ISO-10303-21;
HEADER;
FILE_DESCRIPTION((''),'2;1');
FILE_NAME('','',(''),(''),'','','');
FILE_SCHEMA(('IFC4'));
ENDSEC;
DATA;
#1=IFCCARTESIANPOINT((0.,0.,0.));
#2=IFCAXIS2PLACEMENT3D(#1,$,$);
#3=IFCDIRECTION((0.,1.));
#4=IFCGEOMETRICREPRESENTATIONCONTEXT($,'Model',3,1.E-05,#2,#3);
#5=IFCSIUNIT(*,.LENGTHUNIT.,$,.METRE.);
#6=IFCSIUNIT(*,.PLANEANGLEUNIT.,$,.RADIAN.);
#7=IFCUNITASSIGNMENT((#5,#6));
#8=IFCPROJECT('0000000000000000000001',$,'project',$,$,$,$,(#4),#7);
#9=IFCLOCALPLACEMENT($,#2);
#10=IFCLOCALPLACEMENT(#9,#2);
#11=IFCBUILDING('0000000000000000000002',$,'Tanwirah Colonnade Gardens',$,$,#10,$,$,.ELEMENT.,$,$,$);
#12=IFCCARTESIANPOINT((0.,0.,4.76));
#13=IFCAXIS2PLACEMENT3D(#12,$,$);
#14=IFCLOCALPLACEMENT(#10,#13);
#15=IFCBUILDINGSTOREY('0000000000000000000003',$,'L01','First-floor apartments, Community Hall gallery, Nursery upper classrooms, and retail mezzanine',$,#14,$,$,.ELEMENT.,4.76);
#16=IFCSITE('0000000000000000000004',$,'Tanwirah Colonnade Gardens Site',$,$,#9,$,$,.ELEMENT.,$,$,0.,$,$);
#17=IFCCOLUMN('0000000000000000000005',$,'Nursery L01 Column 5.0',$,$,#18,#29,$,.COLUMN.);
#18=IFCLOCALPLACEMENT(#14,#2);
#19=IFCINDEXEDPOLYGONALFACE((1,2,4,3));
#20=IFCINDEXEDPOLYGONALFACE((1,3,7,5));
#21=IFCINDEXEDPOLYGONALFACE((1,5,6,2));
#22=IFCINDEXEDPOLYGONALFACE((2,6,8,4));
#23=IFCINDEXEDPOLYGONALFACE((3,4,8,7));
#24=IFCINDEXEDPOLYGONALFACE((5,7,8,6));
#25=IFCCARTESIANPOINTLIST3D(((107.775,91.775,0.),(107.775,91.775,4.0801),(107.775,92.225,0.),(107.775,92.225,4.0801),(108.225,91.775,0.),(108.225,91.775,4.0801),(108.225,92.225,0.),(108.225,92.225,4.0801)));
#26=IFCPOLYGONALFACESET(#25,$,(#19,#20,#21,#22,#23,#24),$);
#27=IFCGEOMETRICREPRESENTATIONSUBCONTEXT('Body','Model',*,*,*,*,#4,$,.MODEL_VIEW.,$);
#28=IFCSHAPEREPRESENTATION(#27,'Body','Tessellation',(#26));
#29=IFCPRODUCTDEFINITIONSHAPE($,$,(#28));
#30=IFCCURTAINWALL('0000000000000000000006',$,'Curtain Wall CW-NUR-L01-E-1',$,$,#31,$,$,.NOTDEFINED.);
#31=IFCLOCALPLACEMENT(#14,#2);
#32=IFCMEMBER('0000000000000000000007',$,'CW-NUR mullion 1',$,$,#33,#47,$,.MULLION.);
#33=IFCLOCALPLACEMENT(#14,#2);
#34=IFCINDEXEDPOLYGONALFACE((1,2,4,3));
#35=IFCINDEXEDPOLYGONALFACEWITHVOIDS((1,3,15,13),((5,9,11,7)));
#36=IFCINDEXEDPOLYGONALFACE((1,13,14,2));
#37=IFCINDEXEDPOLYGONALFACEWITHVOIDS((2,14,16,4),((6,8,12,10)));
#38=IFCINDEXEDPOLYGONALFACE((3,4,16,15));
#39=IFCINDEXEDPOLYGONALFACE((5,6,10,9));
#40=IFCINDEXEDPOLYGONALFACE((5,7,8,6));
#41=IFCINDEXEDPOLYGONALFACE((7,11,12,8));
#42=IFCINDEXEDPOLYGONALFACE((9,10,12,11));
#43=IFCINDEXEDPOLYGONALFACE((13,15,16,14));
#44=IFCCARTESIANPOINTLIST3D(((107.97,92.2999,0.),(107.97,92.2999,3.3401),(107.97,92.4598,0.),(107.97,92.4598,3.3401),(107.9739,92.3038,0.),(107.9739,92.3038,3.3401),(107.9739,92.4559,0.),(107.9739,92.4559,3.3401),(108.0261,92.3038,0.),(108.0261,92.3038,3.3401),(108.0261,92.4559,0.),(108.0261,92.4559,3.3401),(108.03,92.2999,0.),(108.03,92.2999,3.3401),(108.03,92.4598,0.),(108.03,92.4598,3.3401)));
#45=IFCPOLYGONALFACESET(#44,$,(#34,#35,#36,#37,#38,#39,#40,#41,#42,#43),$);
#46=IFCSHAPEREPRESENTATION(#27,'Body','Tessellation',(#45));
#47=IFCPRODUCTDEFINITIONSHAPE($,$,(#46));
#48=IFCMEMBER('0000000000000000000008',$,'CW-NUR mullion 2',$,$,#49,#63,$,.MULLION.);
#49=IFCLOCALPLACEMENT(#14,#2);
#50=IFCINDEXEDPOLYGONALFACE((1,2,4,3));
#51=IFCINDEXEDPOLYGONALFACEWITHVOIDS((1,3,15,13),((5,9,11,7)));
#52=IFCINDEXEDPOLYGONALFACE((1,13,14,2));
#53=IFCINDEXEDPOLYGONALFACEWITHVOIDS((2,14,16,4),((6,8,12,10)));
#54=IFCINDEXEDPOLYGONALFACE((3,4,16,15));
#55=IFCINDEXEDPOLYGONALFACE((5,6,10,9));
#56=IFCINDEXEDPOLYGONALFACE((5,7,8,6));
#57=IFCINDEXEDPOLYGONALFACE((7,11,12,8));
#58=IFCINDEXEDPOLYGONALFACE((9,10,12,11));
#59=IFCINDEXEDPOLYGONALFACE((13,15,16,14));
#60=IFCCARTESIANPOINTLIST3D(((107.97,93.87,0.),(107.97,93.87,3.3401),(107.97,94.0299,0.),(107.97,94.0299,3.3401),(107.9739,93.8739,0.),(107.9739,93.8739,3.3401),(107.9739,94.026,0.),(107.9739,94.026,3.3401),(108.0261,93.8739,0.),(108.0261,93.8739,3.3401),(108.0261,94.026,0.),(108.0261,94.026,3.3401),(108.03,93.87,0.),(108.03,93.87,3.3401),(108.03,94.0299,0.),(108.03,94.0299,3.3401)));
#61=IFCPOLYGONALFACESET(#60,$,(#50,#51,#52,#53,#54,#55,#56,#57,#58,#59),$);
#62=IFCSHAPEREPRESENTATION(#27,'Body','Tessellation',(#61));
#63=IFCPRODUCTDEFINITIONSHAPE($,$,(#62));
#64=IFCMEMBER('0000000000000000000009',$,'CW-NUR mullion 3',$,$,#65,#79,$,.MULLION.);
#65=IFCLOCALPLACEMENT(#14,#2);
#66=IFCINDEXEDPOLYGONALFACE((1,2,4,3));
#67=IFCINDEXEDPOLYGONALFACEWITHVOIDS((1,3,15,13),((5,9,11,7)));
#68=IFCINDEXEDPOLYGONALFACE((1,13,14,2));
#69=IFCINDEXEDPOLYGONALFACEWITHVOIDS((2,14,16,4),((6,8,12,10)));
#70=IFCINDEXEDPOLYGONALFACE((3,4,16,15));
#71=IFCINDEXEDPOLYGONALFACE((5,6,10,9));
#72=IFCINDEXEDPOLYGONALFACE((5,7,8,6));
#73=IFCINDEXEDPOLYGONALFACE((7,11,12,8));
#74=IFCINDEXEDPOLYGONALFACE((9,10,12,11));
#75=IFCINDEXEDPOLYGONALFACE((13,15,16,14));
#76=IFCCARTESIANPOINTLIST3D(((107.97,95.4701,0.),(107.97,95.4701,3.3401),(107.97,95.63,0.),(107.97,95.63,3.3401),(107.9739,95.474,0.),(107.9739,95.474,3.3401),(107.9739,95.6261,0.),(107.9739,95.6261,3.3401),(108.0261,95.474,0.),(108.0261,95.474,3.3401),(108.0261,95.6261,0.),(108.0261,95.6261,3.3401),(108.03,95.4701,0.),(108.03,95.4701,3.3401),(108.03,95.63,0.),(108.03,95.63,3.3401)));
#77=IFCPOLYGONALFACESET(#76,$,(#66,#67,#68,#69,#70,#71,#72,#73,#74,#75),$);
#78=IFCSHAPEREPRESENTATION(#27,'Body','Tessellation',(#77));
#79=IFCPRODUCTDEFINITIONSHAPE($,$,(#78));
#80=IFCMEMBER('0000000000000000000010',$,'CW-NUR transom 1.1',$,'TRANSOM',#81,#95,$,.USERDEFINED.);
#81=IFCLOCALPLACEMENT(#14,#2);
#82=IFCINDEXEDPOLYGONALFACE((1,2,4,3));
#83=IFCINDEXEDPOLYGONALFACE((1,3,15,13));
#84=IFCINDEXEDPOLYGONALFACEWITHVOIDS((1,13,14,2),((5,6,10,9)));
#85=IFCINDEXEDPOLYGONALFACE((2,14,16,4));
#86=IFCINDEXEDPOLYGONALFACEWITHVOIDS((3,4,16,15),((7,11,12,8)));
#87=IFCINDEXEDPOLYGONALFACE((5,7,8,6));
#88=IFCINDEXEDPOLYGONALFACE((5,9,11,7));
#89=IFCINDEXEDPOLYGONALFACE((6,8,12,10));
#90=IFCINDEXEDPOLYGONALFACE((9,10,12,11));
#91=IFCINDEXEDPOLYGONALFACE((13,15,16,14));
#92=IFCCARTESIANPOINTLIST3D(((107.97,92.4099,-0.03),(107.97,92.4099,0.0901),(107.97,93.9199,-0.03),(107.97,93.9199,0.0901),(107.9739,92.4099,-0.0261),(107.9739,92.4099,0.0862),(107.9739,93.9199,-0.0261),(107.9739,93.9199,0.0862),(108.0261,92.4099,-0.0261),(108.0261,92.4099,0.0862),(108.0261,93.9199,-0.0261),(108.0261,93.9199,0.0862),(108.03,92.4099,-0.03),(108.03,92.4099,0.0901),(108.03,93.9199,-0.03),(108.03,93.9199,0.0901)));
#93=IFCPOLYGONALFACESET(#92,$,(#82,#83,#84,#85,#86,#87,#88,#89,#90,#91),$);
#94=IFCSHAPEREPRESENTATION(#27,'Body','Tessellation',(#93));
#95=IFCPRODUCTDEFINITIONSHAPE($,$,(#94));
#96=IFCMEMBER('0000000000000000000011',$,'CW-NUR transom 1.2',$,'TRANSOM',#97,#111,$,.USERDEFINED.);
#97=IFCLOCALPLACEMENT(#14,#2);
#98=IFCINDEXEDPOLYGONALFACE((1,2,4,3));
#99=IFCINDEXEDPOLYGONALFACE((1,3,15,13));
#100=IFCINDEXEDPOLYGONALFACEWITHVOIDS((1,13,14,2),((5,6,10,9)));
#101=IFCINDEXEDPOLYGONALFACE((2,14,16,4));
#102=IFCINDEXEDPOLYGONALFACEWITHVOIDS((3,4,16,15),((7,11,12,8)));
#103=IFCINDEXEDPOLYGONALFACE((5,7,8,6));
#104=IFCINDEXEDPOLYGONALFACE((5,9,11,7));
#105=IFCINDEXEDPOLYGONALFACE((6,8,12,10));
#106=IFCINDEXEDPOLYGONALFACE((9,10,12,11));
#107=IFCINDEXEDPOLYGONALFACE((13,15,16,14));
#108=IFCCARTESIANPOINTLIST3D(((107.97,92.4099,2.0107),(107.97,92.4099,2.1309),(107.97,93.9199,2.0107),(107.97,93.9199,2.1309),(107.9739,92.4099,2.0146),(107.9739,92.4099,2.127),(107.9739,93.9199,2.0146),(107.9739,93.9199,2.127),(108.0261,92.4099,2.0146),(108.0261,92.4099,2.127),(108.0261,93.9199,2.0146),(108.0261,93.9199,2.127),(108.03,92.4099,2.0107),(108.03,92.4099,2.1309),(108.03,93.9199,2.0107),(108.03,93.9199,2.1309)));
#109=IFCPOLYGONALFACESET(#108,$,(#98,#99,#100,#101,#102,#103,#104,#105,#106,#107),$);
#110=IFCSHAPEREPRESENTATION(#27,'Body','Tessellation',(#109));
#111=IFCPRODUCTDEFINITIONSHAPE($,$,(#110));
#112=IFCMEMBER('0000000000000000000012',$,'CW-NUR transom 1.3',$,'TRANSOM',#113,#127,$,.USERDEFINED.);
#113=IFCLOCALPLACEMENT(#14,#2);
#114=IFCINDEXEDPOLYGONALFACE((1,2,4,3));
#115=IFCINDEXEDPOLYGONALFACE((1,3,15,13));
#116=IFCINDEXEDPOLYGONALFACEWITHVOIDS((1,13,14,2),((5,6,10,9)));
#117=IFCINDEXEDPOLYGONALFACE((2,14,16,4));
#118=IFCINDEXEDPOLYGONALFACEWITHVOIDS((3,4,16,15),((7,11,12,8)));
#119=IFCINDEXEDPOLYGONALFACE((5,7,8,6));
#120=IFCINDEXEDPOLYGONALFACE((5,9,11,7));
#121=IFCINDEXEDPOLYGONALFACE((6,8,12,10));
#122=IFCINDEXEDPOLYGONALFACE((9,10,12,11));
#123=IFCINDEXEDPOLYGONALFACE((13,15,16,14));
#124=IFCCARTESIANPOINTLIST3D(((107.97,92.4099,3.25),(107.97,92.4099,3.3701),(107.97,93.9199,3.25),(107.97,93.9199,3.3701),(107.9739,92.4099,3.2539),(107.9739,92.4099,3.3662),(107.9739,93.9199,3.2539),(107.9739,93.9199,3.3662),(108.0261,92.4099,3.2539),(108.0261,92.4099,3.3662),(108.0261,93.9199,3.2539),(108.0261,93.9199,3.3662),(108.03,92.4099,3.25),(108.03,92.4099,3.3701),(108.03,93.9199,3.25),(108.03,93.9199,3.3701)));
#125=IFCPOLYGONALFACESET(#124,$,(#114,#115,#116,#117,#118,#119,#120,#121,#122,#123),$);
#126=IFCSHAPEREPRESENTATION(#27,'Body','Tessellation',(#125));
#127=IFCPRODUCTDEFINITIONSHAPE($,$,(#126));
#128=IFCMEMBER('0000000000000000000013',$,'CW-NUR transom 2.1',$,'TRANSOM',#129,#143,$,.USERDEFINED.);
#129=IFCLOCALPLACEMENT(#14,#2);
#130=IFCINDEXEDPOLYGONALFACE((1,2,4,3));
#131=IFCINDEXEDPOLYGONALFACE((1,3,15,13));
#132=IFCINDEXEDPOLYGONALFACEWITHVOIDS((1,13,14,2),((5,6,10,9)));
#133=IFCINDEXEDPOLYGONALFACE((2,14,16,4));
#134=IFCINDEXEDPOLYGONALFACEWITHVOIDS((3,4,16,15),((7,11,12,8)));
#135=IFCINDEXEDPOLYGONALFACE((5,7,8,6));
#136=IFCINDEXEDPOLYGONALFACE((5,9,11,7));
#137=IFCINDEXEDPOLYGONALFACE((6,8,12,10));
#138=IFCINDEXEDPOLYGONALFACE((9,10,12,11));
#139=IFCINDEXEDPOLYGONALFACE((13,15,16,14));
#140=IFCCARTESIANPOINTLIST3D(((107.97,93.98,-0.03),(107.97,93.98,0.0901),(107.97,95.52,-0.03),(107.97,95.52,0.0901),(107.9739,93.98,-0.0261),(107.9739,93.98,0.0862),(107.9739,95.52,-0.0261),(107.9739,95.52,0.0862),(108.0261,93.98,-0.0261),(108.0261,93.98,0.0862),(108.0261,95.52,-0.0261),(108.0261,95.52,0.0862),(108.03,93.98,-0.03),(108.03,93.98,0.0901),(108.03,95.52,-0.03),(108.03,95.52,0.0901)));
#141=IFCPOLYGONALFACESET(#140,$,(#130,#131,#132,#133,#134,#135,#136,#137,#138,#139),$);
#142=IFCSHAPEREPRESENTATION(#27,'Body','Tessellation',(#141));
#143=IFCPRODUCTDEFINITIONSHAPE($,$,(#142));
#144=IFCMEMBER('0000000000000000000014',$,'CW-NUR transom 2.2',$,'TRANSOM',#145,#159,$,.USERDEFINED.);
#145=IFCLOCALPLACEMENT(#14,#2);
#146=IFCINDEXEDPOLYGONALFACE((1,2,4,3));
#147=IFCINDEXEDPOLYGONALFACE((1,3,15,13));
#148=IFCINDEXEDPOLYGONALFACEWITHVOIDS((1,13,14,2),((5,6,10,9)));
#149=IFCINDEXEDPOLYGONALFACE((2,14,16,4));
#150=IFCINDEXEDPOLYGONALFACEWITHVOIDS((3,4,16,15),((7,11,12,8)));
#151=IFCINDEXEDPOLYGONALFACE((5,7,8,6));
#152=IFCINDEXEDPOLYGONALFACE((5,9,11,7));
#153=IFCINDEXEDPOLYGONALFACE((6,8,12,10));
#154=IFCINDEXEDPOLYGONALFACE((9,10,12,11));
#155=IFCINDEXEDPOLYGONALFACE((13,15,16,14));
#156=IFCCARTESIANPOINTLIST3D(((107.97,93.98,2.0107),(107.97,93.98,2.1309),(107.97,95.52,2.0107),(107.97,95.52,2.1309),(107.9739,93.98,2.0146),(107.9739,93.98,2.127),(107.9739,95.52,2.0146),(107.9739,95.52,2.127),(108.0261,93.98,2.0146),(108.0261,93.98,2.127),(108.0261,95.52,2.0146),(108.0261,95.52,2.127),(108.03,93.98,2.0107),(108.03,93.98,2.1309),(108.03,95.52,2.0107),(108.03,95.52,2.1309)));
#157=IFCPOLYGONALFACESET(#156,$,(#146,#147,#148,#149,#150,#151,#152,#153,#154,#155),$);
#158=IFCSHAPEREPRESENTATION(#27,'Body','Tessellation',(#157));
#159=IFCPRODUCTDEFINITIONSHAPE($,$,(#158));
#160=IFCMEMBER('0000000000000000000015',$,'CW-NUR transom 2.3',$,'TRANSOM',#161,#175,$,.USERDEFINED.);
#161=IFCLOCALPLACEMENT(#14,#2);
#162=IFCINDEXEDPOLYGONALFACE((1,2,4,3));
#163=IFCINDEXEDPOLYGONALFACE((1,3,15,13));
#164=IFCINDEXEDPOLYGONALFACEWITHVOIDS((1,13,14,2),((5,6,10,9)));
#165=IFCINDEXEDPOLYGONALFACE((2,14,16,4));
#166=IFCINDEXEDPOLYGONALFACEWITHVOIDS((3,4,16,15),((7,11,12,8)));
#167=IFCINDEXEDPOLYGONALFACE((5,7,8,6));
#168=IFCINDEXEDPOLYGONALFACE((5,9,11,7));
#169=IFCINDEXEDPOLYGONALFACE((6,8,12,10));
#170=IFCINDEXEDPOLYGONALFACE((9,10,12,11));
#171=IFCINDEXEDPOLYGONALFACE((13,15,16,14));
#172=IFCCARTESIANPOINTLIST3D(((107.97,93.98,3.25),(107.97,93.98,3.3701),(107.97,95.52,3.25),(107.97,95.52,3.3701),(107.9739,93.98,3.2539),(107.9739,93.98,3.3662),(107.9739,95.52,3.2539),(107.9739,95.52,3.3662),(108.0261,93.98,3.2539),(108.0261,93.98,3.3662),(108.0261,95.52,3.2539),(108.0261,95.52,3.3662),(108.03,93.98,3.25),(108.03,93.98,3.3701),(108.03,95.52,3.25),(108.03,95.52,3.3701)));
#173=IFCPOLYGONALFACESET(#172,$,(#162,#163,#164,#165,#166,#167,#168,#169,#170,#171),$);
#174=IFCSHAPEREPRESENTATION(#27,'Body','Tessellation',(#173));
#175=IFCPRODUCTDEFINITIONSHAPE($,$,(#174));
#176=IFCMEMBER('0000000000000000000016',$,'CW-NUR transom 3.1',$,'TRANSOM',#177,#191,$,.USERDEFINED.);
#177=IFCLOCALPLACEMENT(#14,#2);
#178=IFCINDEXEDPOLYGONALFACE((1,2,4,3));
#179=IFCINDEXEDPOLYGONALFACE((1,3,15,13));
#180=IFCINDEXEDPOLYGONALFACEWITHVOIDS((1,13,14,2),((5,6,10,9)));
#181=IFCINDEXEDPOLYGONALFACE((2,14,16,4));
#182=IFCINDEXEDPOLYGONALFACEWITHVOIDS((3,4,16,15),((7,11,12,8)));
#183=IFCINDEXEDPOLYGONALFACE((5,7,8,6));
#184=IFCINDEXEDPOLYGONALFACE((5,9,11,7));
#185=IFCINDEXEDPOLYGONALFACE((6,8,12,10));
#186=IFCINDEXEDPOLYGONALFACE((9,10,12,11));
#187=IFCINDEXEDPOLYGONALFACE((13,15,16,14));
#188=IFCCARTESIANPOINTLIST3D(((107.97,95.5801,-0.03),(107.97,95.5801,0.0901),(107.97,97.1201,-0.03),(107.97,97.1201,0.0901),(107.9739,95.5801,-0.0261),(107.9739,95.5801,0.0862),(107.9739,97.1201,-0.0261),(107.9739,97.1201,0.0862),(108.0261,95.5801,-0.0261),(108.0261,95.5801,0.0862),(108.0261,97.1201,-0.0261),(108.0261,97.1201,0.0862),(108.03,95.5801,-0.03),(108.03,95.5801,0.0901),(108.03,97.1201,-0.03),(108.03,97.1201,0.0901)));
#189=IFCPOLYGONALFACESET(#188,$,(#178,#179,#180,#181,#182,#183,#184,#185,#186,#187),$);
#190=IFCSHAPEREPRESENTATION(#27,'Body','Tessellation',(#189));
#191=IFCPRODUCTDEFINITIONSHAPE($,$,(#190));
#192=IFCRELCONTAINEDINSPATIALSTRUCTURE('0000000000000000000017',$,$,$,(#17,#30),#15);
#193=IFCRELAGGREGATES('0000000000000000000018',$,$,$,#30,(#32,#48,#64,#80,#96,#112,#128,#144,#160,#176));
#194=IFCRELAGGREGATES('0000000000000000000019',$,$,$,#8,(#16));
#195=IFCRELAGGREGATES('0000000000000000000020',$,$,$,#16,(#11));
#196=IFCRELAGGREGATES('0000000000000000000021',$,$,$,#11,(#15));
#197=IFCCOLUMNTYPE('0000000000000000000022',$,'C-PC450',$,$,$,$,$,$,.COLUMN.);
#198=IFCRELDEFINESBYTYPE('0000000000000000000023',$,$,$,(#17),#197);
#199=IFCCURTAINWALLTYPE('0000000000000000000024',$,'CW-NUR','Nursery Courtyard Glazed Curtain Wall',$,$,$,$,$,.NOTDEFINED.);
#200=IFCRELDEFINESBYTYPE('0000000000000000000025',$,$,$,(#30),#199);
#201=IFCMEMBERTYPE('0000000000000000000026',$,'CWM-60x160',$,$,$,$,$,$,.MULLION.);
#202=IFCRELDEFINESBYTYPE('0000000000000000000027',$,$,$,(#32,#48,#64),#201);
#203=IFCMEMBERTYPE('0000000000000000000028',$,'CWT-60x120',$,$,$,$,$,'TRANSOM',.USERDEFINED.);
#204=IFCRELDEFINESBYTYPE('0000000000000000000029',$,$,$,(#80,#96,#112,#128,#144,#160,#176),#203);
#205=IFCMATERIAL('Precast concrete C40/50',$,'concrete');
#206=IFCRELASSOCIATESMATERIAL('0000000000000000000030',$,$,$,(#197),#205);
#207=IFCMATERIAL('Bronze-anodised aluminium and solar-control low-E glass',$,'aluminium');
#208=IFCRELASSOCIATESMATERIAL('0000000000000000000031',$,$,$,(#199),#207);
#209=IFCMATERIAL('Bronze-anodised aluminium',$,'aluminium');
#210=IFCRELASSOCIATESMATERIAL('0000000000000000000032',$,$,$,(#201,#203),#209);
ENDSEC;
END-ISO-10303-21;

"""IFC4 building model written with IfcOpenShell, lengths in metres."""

from ifc_helpers import new_model, si_unit, direction, frame, origin, origin_2d, place, context, subcontext, project, spatial, rectangle, hollow_rectangle, extrude, material, material_profile, profile_set, type_object, element, aggregate, save


model = new_model("IFC4")

# Units and contexts
model_context = context("Model", 3, precision=1e-05, world=origin(), true_north=direction((0.0, 1.0)))
body_context = subcontext(model_context, "Body", "Model", "MODEL_VIEW")
ifc_project = project(units=[si_unit("LENGTHUNIT", "METRE"), si_unit("PLANEANGLEUNIT", "RADIAN")], contexts=[model_context])

# Site, building, storey
site_placement = place(None, origin())
site = spatial("IfcSite", under=ifc_project, at=site_placement, Name="Tanwirah Colonnade Gardens Site", CompositionType="ELEMENT", RefElevation=0.0)
building_placement = place(site_placement, origin())
building = spatial("IfcBuilding", under=site, at=building_placement, Name="Tanwirah Colonnade Gardens", CompositionType="ELEMENT")
storey_placement = place(building_placement, frame((0.0, 0.0, 4.76)))
storey = spatial("IfcBuildingStorey", under=building, at=storey_placement, Name="L01", Description="First-floor apartments, Community Hall gallery, Nursery upper classrooms, and retail mezzanine", CompositionType="ELEMENT", Elevation=4.76)

# Column
ifc_material_1 = material(Name="Precast concrete C40/50", Category="concrete")
ifc_material_profile_1 = material_profile(ifc_material_1, rectangle(XDim=0.45, YDim=0.45, at=origin_2d()), Name="PC-COL 450x450")
ifc_profile_set_1 = profile_set([ifc_material_profile_1], Name="Precast concrete C40/50")
column_type = type_object("IfcColumnType", Name="C-PC450", PredefinedType="COLUMN", material=ifc_profile_set_1)
column_placement = place(storey_placement, frame((108.0, 92.0, 0.0), z_axis=(0.0, 0.0, 1.0), x_axis=(1.0, 0.0, 0.0)))
element("IfcColumn", 1, at=column_placement, inside=storey, type_object=column_type, Name="Nursery L01 Column 5.0", PredefinedType="COLUMN", context=body_context, shape_type="SweptSolid", body=[
    extrude(rectangle(XDim=0.45, YDim=0.45, at=origin_2d()), origin(), (0.0, 0.0, 1.0), 4.0801),
])

# Curtain wall, members
ifc_material_2 = material(Name="Bronze-anodised aluminium and solar-control low-E glass", Category="aluminium")
curtain_wall_type = type_object("IfcCurtainWallType", Name="CW-NUR", Description="Nursery Courtyard Glazed Curtain Wall", PredefinedType="NOTDEFINED", material=ifc_material_2)
curtain_wall_placement = place(storey_placement, origin())
curtain_wall = element("IfcCurtainWall", 2, at=curtain_wall_placement, inside=storey, type_object=curtain_wall_type, Name="Curtain Wall CW-NUR-L01-E-1", PredefinedType="NOTDEFINED")
ifc_material_3 = material(Name="Bronze-anodised aluminium", Category="aluminium")
ifc_material_profile_2 = material_profile(ifc_material_3, hollow_rectangle(XDim=0.0601, YDim=0.1599, WallThickness=0.0039, at=origin_2d()), Name="CW-MUL 60x160x4")
ifc_profile_set_2 = profile_set([ifc_material_profile_2], Name="Bronze-anodised aluminium")
member_type_1 = type_object("IfcMemberType", Name="CWM-60x160", PredefinedType="MULLION", material=ifc_profile_set_2)
member_1_placement = place(storey_placement, frame((108.0, 92.3799, 0.0), z_axis=(0.0, 0.0, 1.0), x_axis=(-1.0, 0.0, 0.0)))
member_1 = element("IfcMember", 3, at=member_1_placement, type_object=member_type_1, Name="CW-NUR mullion 1", PredefinedType="MULLION", context=body_context, shape_type="SweptSolid", body=[
    extrude(hollow_rectangle(XDim=0.0601, YDim=0.1599, WallThickness=0.0039, at=origin_2d()), origin(), (0.0, 0.0, 1.0), 3.3401),
])
member_2_placement = place(storey_placement, frame((108.0, 93.95, 0.0), z_axis=(0.0, 0.0, 1.0), x_axis=(-1.0, 0.0, 0.0)))
member_2 = element("IfcMember", 4, at=member_2_placement, type_object=member_type_1, Name="CW-NUR mullion 2", PredefinedType="MULLION", context=body_context, shape_type="SweptSolid", body=[
    extrude(hollow_rectangle(XDim=0.0601, YDim=0.1599, WallThickness=0.0039, at=origin_2d()), origin(), (0.0, 0.0, 1.0), 3.3401),
])
member_3_placement = place(storey_placement, frame((108.0, 95.55, 0.0), z_axis=(0.0, 0.0, 1.0), x_axis=(-1.0, 0.0, 0.0)))
member_3 = element("IfcMember", 5, at=member_3_placement, type_object=member_type_1, Name="CW-NUR mullion 3", PredefinedType="MULLION", context=body_context, shape_type="SweptSolid", body=[
    extrude(hollow_rectangle(XDim=0.0601, YDim=0.1599, WallThickness=0.0039, at=origin_2d()), origin(), (0.0, 0.0, 1.0), 3.3401),
])
ifc_material_profile_3 = material_profile(ifc_material_3, hollow_rectangle(XDim=0.0601, YDim=0.1201, WallThickness=0.0039, at=origin_2d()), Name="CW-TRN 60x120x4")
ifc_profile_set_3 = profile_set([ifc_material_profile_3], Name="Bronze-anodised aluminium")
member_type_2 = type_object("IfcMemberType", Name="CWT-60x120", ElementType="TRANSOM", PredefinedType="USERDEFINED", material=ifc_profile_set_3)
member_4_placement = place(storey_placement, frame((108.0, 92.4099, 0.03), z_axis=(0.0, 1.0, 0.0), x_axis=(-1.0, 0.0, 0.0)))
member_4 = element("IfcMember", 6, at=member_4_placement, type_object=member_type_2, Name="CW-NUR transom 1.1", ObjectType="TRANSOM", PredefinedType="USERDEFINED", context=body_context, shape_type="SweptSolid", body=[
    extrude(hollow_rectangle(XDim=0.0601, YDim=0.1201, WallThickness=0.0039, at=origin_2d()), origin(), (0.0, 0.0, 1.0), 1.51),
])
member_5_placement = place(storey_placement, frame((108.0, 92.4099, 2.0708), z_axis=(0.0, 1.0, 0.0), x_axis=(-1.0, 0.0, 0.0)))
member_5 = element("IfcMember", 7, at=member_5_placement, type_object=member_type_2, Name="CW-NUR transom 1.2", ObjectType="TRANSOM", PredefinedType="USERDEFINED", context=body_context, shape_type="SweptSolid", body=[
    extrude(hollow_rectangle(XDim=0.0601, YDim=0.1201, WallThickness=0.0039, at=origin_2d()), origin(), (0.0, 0.0, 1.0), 1.51),
])
member_6_placement = place(storey_placement, frame((108.0, 92.4099, 3.3101), z_axis=(0.0, 1.0, 0.0), x_axis=(-1.0, 0.0, 0.0)))
member_6 = element("IfcMember", 8, at=member_6_placement, type_object=member_type_2, Name="CW-NUR transom 1.3", ObjectType="TRANSOM", PredefinedType="USERDEFINED", context=body_context, shape_type="SweptSolid", body=[
    extrude(hollow_rectangle(XDim=0.0601, YDim=0.1201, WallThickness=0.0039, at=origin_2d()), origin(), (0.0, 0.0, 1.0), 1.51),
])
member_7_placement = place(storey_placement, frame((108.0, 93.98, 0.03), z_axis=(0.0, 1.0, 0.0), x_axis=(-1.0, 0.0, 0.0)))
member_7 = element("IfcMember", 9, at=member_7_placement, type_object=member_type_2, Name="CW-NUR transom 2.1", ObjectType="TRANSOM", PredefinedType="USERDEFINED", context=body_context, shape_type="SweptSolid", body=[
    extrude(hollow_rectangle(XDim=0.0601, YDim=0.1201, WallThickness=0.0039, at=origin_2d()), origin(), (0.0, 0.0, 1.0), 1.54),
])
member_8_placement = place(storey_placement, frame((108.0, 93.98, 2.0708), z_axis=(0.0, 1.0, 0.0), x_axis=(-1.0, 0.0, 0.0)))
member_8 = element("IfcMember", 10, at=member_8_placement, type_object=member_type_2, Name="CW-NUR transom 2.2", ObjectType="TRANSOM", PredefinedType="USERDEFINED", context=body_context, shape_type="SweptSolid", body=[
    extrude(hollow_rectangle(XDim=0.0601, YDim=0.1201, WallThickness=0.0039, at=origin_2d()), origin(), (0.0, 0.0, 1.0), 1.54),
])
member_9_placement = place(storey_placement, frame((108.0, 93.98, 3.3101), z_axis=(0.0, 1.0, 0.0), x_axis=(-1.0, 0.0, 0.0)))
member_9 = element("IfcMember", 11, at=member_9_placement, type_object=member_type_2, Name="CW-NUR transom 2.3", ObjectType="TRANSOM", PredefinedType="USERDEFINED", context=body_context, shape_type="SweptSolid", body=[
    extrude(hollow_rectangle(XDim=0.0601, YDim=0.1201, WallThickness=0.0039, at=origin_2d()), origin(), (0.0, 0.0, 1.0), 1.54),
])
member_10_placement = place(storey_placement, frame((108.0, 95.5801, 0.03), z_axis=(0.0, 1.0, 0.0), x_axis=(-1.0, 0.0, 0.0)))
member_10 = element("IfcMember", 12, at=member_10_placement, type_object=member_type_2, Name="CW-NUR transom 3.1", ObjectType="TRANSOM", PredefinedType="USERDEFINED", context=body_context, shape_type="SweptSolid", body=[
    extrude(hollow_rectangle(XDim=0.0601, YDim=0.1201, WallThickness=0.0039, at=origin_2d()), origin(), (0.0, 0.0, 1.0), 1.54),
])

aggregate(curtain_wall, [member_1, member_2, member_3, member_4, member_5, member_6, member_7, member_8, member_9, member_10])

save(model, "model.ifc")
